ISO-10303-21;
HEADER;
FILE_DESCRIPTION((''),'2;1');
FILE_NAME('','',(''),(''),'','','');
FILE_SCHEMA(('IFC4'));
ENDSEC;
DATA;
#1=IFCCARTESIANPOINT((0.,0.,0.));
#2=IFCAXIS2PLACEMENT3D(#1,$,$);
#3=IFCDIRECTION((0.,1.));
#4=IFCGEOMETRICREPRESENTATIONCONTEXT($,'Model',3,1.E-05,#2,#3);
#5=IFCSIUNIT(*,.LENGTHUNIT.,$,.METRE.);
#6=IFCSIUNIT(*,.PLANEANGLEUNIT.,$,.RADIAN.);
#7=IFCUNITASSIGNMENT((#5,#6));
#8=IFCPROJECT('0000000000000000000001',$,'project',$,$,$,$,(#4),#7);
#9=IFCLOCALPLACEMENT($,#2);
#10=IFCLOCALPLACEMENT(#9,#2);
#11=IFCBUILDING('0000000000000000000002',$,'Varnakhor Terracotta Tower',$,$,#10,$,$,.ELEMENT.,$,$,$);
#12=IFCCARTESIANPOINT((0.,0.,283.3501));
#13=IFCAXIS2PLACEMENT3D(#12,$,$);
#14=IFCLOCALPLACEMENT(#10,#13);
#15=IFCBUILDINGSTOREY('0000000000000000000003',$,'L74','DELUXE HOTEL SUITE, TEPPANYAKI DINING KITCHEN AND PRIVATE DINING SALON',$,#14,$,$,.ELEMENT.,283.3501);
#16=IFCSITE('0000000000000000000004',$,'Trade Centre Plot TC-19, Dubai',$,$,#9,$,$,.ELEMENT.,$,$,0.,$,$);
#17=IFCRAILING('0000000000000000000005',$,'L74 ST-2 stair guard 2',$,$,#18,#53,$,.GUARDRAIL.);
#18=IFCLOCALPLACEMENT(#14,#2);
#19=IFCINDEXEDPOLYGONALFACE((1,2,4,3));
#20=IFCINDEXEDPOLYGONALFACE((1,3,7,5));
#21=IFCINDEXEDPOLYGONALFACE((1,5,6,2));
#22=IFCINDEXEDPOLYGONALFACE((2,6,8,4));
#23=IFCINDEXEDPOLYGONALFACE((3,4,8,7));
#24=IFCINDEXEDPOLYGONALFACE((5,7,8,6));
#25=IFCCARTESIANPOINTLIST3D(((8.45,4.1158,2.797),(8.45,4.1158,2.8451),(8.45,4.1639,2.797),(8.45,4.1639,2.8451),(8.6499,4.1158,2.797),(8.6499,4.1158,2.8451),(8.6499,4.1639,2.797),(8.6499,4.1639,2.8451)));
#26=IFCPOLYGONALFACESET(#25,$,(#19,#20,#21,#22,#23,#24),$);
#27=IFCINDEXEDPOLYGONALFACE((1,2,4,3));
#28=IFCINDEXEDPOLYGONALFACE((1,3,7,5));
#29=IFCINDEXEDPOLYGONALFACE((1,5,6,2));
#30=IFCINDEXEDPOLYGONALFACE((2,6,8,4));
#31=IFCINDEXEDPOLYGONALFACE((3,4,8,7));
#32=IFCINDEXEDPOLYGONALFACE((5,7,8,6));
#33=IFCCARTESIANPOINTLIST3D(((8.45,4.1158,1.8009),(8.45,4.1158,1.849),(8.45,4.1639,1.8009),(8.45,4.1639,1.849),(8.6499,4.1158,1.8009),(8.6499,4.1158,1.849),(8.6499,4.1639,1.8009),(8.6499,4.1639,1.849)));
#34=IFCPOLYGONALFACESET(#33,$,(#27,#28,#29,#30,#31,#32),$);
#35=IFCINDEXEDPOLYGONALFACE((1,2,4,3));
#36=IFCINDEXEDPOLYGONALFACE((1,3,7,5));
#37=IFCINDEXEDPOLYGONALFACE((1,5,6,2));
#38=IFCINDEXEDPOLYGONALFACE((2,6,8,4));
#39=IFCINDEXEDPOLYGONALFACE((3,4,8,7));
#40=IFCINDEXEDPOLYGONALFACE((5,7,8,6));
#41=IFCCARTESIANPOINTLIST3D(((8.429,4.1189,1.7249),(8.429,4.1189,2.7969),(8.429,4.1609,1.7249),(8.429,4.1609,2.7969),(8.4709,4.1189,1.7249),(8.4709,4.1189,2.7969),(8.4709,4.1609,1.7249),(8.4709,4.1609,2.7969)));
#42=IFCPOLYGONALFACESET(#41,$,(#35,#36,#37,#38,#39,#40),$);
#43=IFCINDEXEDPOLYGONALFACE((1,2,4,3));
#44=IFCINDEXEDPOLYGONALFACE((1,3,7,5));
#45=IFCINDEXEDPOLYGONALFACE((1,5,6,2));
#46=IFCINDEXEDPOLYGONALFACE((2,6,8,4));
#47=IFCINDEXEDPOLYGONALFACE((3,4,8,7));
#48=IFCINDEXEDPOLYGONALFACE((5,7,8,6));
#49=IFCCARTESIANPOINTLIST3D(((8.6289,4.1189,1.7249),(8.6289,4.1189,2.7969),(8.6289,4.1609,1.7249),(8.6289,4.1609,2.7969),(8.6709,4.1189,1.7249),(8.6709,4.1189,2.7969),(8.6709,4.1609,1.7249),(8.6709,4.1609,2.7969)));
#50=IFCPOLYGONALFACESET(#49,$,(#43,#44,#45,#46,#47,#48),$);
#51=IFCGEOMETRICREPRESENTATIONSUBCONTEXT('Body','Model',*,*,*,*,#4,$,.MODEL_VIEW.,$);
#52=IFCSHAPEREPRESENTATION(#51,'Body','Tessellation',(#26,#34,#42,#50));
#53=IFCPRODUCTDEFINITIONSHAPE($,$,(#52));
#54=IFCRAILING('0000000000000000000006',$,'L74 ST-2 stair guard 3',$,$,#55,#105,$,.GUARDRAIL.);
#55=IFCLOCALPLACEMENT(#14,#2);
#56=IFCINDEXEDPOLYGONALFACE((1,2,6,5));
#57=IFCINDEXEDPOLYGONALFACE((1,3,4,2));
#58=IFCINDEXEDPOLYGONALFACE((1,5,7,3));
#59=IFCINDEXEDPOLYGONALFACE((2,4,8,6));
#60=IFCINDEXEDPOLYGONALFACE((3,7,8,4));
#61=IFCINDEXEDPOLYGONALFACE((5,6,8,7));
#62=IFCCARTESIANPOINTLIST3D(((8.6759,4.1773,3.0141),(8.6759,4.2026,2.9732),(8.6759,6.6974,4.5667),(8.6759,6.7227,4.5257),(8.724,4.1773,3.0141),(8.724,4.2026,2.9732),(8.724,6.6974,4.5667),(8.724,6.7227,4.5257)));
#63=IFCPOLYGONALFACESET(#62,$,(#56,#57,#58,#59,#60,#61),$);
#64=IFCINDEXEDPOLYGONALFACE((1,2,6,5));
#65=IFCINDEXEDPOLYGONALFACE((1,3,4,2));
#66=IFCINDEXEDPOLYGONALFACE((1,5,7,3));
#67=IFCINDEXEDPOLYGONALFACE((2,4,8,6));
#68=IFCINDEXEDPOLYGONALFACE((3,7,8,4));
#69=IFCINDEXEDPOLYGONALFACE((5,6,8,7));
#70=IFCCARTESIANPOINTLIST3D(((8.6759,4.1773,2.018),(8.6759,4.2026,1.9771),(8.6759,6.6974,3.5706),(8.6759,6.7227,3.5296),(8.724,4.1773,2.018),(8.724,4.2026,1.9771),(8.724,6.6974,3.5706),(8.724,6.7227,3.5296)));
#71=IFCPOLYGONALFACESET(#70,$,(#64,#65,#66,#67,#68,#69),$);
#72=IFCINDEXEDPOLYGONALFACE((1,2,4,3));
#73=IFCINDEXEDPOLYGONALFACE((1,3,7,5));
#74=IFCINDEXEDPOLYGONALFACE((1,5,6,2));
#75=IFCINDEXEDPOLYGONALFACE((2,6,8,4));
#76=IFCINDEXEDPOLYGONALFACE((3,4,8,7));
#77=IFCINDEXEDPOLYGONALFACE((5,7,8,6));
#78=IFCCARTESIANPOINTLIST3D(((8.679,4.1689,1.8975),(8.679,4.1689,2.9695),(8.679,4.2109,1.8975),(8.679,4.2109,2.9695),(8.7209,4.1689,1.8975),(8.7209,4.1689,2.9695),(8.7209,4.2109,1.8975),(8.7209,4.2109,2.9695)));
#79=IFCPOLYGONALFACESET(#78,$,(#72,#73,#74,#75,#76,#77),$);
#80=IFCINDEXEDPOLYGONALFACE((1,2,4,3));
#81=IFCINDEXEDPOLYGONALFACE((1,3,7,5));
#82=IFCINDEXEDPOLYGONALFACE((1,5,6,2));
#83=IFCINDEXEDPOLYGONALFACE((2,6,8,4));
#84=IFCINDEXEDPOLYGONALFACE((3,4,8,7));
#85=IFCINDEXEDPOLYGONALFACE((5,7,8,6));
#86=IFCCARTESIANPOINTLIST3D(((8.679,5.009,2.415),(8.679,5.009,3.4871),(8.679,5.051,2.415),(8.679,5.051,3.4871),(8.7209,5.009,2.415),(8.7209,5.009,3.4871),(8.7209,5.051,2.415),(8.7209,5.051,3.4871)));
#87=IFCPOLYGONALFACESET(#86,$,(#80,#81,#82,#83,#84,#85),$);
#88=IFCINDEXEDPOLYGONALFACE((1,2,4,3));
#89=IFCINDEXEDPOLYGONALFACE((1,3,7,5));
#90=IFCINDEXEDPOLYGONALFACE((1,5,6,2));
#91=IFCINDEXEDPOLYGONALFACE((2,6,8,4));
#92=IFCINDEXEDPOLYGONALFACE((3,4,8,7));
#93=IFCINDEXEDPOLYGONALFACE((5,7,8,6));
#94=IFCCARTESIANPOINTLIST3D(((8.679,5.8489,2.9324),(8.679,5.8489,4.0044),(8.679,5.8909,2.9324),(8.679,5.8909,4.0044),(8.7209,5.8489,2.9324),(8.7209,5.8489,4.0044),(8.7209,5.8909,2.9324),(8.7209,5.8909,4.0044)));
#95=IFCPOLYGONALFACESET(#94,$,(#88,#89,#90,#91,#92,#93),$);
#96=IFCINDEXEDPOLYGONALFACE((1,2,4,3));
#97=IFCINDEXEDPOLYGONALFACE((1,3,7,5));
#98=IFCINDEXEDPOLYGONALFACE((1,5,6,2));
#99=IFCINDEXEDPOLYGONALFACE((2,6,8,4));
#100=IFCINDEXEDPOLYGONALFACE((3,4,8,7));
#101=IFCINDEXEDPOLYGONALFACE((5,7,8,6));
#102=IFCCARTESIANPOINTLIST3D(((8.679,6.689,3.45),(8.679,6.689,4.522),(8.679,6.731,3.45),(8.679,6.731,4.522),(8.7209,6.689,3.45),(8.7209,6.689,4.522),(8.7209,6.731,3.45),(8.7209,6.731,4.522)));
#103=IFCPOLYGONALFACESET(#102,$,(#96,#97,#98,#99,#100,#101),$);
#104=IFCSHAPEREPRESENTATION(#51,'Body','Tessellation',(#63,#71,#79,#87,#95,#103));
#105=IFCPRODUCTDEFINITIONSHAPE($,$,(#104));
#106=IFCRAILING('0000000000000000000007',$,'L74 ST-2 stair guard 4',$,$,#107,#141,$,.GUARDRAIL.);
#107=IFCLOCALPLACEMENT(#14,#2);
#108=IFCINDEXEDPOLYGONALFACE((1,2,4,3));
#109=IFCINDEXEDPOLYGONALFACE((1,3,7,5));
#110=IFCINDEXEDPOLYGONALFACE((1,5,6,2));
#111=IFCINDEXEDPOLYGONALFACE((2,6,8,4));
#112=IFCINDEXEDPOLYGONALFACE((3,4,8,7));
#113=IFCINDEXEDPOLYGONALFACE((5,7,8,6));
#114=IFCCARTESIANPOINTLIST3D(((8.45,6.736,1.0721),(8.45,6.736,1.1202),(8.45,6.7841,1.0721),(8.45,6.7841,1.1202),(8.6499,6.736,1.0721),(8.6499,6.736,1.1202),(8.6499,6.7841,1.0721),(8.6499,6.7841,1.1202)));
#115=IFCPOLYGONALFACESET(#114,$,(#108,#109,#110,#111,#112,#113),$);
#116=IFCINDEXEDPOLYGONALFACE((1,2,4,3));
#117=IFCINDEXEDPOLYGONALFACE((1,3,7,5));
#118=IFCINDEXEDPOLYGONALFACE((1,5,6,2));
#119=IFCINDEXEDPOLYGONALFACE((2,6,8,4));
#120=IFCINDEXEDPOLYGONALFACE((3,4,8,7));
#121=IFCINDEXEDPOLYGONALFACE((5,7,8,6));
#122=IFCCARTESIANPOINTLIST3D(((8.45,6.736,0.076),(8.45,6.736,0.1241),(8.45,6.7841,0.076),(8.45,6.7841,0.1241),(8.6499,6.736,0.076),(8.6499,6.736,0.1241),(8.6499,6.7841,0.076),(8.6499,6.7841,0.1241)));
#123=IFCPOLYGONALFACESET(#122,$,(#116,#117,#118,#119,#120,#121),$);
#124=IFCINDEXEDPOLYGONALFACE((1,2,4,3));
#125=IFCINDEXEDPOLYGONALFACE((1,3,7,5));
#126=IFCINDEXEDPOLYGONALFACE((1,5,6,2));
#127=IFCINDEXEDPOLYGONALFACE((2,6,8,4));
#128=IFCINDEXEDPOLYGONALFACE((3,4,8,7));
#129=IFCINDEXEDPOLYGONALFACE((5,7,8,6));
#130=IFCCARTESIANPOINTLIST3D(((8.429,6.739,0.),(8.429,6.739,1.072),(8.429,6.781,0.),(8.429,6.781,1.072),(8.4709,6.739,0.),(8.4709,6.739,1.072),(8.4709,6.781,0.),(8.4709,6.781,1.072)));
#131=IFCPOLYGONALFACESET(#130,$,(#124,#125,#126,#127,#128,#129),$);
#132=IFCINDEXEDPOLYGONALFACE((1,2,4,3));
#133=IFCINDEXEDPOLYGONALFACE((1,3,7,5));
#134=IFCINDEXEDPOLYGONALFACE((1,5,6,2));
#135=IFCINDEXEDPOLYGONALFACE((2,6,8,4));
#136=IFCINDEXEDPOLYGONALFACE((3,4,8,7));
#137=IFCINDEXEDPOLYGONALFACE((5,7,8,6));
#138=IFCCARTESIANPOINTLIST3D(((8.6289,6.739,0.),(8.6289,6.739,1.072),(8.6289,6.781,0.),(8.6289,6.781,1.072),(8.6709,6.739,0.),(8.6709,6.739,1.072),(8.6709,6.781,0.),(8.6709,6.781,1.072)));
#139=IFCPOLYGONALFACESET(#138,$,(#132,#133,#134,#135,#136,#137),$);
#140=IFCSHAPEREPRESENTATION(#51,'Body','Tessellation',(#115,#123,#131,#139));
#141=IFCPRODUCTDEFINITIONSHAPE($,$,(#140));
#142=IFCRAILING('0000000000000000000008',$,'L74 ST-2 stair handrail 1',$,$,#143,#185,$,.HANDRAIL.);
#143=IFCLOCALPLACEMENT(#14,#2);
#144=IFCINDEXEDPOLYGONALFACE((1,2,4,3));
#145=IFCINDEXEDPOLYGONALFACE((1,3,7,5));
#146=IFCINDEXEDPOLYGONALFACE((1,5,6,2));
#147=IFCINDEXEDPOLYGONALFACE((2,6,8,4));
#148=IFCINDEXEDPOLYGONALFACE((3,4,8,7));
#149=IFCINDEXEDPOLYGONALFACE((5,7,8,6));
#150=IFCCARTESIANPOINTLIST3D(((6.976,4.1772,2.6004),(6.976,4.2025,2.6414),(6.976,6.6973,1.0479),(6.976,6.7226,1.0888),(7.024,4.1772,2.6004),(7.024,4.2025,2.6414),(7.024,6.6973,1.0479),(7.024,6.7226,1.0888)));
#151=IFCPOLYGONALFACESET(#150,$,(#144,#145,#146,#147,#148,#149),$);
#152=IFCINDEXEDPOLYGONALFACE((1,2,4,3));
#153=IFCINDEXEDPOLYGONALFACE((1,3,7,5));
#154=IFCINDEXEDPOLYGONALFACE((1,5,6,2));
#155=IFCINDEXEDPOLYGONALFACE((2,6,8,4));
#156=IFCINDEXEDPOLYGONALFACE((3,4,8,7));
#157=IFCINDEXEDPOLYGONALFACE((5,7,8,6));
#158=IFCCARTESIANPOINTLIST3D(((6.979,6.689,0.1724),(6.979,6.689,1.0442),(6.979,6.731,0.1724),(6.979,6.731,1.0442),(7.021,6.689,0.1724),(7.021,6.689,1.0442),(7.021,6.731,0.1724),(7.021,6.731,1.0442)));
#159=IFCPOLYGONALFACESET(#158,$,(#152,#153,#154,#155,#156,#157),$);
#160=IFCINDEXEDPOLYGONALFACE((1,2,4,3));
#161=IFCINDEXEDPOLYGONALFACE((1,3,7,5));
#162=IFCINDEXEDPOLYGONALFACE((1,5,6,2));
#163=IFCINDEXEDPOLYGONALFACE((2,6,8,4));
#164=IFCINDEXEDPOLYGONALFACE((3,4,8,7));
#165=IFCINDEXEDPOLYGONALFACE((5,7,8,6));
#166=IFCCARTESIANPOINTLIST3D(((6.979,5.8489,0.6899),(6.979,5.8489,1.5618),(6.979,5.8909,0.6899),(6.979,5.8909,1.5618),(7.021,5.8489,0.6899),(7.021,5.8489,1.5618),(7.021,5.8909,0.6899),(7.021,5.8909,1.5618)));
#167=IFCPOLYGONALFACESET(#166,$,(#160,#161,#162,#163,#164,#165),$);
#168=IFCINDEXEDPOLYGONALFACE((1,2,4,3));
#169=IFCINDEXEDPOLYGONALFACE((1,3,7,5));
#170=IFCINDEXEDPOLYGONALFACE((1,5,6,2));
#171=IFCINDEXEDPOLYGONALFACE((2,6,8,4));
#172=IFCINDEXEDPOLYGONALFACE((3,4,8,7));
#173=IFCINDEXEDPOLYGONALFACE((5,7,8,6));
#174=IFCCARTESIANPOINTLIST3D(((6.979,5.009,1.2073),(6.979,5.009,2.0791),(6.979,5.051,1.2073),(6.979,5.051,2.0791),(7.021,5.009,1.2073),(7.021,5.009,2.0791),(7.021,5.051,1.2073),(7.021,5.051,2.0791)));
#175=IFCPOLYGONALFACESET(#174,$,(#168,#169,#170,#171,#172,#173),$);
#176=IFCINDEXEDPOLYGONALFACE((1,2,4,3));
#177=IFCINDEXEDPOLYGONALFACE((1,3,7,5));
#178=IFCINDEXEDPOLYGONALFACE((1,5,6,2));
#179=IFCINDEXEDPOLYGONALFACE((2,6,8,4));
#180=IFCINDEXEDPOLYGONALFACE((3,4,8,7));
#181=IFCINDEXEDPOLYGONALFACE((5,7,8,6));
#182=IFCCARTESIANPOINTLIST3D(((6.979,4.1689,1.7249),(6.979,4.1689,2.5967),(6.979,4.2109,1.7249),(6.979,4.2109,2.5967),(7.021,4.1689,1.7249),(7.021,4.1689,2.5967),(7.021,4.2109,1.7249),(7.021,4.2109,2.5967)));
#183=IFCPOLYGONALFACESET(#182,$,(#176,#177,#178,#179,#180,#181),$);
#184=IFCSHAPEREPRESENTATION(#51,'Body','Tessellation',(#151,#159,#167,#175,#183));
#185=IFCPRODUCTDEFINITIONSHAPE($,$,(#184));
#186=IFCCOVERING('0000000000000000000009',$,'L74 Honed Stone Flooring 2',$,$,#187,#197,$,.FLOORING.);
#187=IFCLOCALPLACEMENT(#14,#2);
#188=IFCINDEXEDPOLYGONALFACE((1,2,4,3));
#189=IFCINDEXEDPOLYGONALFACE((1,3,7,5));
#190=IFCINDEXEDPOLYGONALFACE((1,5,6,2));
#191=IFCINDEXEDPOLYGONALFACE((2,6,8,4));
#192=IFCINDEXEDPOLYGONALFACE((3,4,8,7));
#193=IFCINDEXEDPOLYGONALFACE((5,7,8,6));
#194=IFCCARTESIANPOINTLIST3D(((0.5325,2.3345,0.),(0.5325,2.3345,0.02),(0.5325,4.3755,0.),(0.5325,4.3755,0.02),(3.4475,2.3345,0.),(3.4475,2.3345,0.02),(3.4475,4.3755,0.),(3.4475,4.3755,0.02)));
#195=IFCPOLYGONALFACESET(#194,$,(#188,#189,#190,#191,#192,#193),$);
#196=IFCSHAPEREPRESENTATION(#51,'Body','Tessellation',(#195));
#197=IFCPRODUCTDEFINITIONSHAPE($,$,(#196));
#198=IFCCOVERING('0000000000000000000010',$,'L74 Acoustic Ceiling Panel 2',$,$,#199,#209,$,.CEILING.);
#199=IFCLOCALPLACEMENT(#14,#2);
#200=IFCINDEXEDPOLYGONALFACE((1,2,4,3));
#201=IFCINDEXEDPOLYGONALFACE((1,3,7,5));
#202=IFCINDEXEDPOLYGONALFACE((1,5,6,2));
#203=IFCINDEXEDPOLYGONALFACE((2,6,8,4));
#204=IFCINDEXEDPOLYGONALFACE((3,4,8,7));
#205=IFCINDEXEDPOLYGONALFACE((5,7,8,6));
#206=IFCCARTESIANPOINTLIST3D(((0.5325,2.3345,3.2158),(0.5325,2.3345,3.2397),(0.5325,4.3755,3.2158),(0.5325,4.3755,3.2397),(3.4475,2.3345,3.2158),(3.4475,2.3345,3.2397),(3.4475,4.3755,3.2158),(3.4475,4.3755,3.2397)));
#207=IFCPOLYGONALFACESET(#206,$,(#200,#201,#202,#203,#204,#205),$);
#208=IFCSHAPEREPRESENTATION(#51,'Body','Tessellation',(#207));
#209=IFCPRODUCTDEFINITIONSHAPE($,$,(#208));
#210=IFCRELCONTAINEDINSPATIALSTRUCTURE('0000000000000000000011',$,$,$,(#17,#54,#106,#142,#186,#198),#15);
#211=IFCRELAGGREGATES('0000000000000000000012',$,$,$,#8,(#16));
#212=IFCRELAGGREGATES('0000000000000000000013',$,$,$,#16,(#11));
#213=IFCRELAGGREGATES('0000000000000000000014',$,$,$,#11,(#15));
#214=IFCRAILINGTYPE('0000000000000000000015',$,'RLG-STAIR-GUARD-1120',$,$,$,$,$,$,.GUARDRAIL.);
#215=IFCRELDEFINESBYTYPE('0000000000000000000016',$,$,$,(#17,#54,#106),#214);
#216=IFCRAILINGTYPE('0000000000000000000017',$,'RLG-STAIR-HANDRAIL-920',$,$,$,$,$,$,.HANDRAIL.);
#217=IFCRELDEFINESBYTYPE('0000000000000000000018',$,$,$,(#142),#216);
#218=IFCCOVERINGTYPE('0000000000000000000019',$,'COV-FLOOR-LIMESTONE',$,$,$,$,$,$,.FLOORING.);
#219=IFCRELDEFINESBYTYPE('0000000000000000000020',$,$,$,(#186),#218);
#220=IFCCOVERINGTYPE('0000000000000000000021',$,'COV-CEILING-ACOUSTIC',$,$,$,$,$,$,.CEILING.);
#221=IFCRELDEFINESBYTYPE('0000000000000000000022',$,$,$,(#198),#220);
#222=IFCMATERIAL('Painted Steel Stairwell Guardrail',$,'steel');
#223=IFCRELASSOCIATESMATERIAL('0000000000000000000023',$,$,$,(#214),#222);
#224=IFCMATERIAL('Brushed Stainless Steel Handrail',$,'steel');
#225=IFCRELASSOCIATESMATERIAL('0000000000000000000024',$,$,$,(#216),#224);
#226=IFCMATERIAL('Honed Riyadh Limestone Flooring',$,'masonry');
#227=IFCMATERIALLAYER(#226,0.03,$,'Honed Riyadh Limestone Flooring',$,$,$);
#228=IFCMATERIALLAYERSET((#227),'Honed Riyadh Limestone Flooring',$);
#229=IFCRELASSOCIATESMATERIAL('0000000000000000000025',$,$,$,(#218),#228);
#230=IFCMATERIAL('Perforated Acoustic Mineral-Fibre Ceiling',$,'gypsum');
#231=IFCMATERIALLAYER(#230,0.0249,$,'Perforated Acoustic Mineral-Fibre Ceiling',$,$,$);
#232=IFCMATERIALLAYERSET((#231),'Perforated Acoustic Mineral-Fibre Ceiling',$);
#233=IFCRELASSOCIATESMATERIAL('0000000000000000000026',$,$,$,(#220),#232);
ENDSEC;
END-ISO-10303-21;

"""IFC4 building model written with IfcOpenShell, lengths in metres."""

from ifc_helpers import new_model, si_unit, direction, frame, origin, origin_2d, place, context, subcontext, project, spatial, rectangle, extrude, source, transform, mapped, material, layer, layer_set, type_object, element, save


model = new_model("IFC4")

# Units and contexts
model_context = context("Model", 3, precision=1e-05, world=origin(), true_north=direction((0.0, 1.0)))
body_context = subcontext(model_context, "Body", "Model", "MODEL_VIEW")
ifc_project = project(units=[si_unit("LENGTHUNIT", "METRE"), si_unit("PLANEANGLEUNIT", "RADIAN")], contexts=[model_context])

# Site, building, storey
site_placement = place(None, origin())
site = spatial("IfcSite", under=ifc_project, at=site_placement, Name="Trade Centre Plot TC-19, Dubai", CompositionType="ELEMENT", RefElevation=0.0)
building_placement = place(site_placement, origin())
building = spatial("IfcBuilding", under=site, at=building_placement, Name="Varnakhor Terracotta Tower", CompositionType="ELEMENT")
storey_placement = place(building_placement, frame((0.0, 0.0, 283.3501)))
storey = spatial("IfcBuildingStorey", under=building, at=storey_placement, Name="L74", Description="DELUXE HOTEL SUITE, TEPPANYAKI DINING KITCHEN AND PRIVATE DINING SALON", CompositionType="ELEMENT", Elevation=283.3501)

# Railings
ifc_material_1 = material(Name="Painted Steel Stairwell Guardrail", Category="steel")
railing_type_1 = type_object("IfcRailingType", Name="RLG-STAIR-GUARD-1120", PredefinedType="GUARDRAIL", material=ifc_material_1)
railing_1_placement = place(storey_placement, frame((8.45, 4.1399, 1.7249)))
element("IfcRailing", 1, at=railing_1_placement, inside=storey, type_object=railing_type_1, Name="L74 ST-2 stair guard 2", PredefinedType="GUARDRAIL", context=body_context, shape_type="SweptSolid", body=[
    extrude(rectangle(XDim=0.0481, YDim=0.0481, at=origin_2d()), frame((0.0, 0.0, 1.0962), z_axis=(1.0, 0.0, 0.0), x_axis=(0.0, 1.0, 0.0)), (0.0, 0.0, 1.0), 0.2),
    extrude(rectangle(XDim=0.0481, YDim=0.0481, at=origin_2d()), frame((0.0, 0.0, 0.1001), z_axis=(1.0, 0.0, 0.0), x_axis=(0.0, 1.0, 0.0)), (0.0, 0.0, 1.0), 0.2),
    extrude(rectangle(XDim=0.042, YDim=0.042, at=origin_2d()), origin(), (0.0, 0.0, 1.0), 1.072),
    extrude(rectangle(XDim=0.042, YDim=0.042, at=origin_2d()), frame((0.2, 0.0, 0.0)), (0.0, 0.0, 1.0), 1.072),
])
railing_2_placement = place(storey_placement, frame((8.7, 4.1899, 1.8975)))
element("IfcRailing", 2, at=railing_2_placement, inside=storey, type_object=railing_type_1, Name="L74 ST-2 stair guard 3", PredefinedType="GUARDRAIL", context=body_context, shape_type="SweptSolid", body=[
    extrude(rectangle(XDim=0.0481, YDim=0.0481, at=origin_2d()), frame((0.0, 0.0, 1.0962), z_axis=(0.0, 0.8514, 0.524516), x_axis=(-1.0, 0.0, 0.0)), (0.0, 0.0, 1.0), 2.96),
    extrude(rectangle(XDim=0.0481, YDim=0.0481, at=origin_2d()), frame((0.0, 0.0, 0.1001), z_axis=(0.0, 0.8514, 0.524516), x_axis=(-1.0, 0.0, 0.0)), (0.0, 0.0, 1.0), 2.96),
    extrude(rectangle(XDim=0.042, YDim=0.042, at=origin_2d()), origin(), (0.0, 0.0, 1.0), 1.072),
    extrude(rectangle(XDim=0.042, YDim=0.042, at=origin_2d()), frame((0.0, 0.8401, 0.5176)), (0.0, 0.0, 1.0), 1.072),
    extrude(rectangle(XDim=0.042, YDim=0.042, at=origin_2d()), frame((0.0, 1.6799, 1.0349)), (0.0, 0.0, 1.0), 1.072),
    extrude(rectangle(XDim=0.042, YDim=0.042, at=origin_2d()), frame((0.0, 2.52, 1.5525)), (0.0, 0.0, 1.0), 1.072),
])
railing_3_placement = place(storey_placement, frame((8.45, 6.76, 0.0)))
element("IfcRailing", 3, at=railing_3_placement, inside=storey, type_object=railing_type_1, Name="L74 ST-2 stair guard 4", PredefinedType="GUARDRAIL", context=body_context, shape_type="SweptSolid", body=[
    extrude(rectangle(XDim=0.0481, YDim=0.0481, at=origin_2d()), frame((0.0, 0.0, 1.0962), z_axis=(1.0, 0.0, 0.0), x_axis=(0.0, 1.0, 0.0)), (0.0, 0.0, 1.0), 0.2),
    extrude(rectangle(XDim=0.0481, YDim=0.0481, at=origin_2d()), frame((0.0, 0.0, 0.1001), z_axis=(1.0, 0.0, 0.0), x_axis=(0.0, 1.0, 0.0)), (0.0, 0.0, 1.0), 0.2),
    extrude(rectangle(XDim=0.042, YDim=0.042, at=origin_2d()), origin(), (0.0, 0.0, 1.0), 1.072),
    extrude(rectangle(XDim=0.042, YDim=0.042, at=origin_2d()), frame((0.2, 0.0, 0.0)), (0.0, 0.0, 1.0), 1.072),
])
ifc_material_2 = material(Name="Brushed Stainless Steel Handrail", Category="steel")
railing_type_2 = type_object("IfcRailingType", Name="RLG-STAIR-HANDRAIL-920", PredefinedType="HANDRAIL", material=ifc_material_2)
railing_4_placement = place(storey_placement, frame((7.0, 6.71, 0.1724)))
element("IfcRailing", 4, at=railing_4_placement, inside=storey, type_object=railing_type_2, Name="L74 ST-2 stair handrail 1", PredefinedType="HANDRAIL", context=body_context, shape_type="SweptSolid", body=[
    extrude(rectangle(XDim=0.0481, YDim=0.0481, at=origin_2d()), frame((0.0, 0.0, 0.896), z_axis=(0.0, -0.8514, 0.524516), x_axis=(1.0, 0.0, 0.0)), (0.0, 0.0, 1.0), 2.96),
    extrude(rectangle(XDim=0.042, YDim=0.042, at=origin_2d()), origin(), (0.0, 0.0, 1.0), 0.8718),
    extrude(rectangle(XDim=0.042, YDim=0.042, at=origin_2d()), frame((0.0, -0.8401, 0.5176)), (0.0, 0.0, 1.0), 0.8718),
    extrude(rectangle(XDim=0.042, YDim=0.042, at=origin_2d()), frame((0.0, -1.6799, 1.0349)), (0.0, 0.0, 1.0), 0.8718),
    extrude(rectangle(XDim=0.042, YDim=0.042, at=origin_2d()), frame((0.0, -2.52, 1.5525)), (0.0, 0.0, 1.0), 0.8718),
])

# Coverings
ifc_material_3 = material(Name="Honed Riyadh Limestone Flooring", Category="masonry")
ifc_layer_1 = layer(ifc_material_3, 0.03, Name="Honed Riyadh Limestone Flooring")
ifc_layer_set_1 = layer_set([ifc_layer_1], Name="Honed Riyadh Limestone Flooring")
covering_type_1 = type_object("IfcCoveringType", Name="COV-FLOOR-LIMESTONE", PredefinedType="FLOORING", material=ifc_layer_set_1)
shared_shape_1 = source(origin(), body_context, "Body", "SweptSolid", [
    extrude(rectangle(XDim=2.915, YDim=2.041, at=origin_2d()), origin(), (0.0, 0.0, 1.0), 0.02),
])
covering_1_placement = place(storey_placement, frame((1.99, 3.355, 0.0), z_axis=(0.0, 0.0, 1.0), x_axis=(1.0, 0.0, 0.0)))
element("IfcCovering", 5, at=covering_1_placement, inside=storey, type_object=covering_type_1, Name="L74 Honed Stone Flooring 2", PredefinedType="FLOORING", context=body_context, shape_type="MappedRepresentation", body=[
    mapped(shared_shape_1, transform((0.0, 0.0, 0.0), scale=1.0)),
])
ifc_material_4 = material(Name="Perforated Acoustic Mineral-Fibre Ceiling", Category="gypsum")
ifc_layer_2 = layer(ifc_material_4, 0.0249, Name="Perforated Acoustic Mineral-Fibre Ceiling")
ifc_layer_set_2 = layer_set([ifc_layer_2], Name="Perforated Acoustic Mineral-Fibre Ceiling")
covering_type_2 = type_object("IfcCoveringType", Name="COV-CEILING-ACOUSTIC", PredefinedType="CEILING", material=ifc_layer_set_2)
shared_shape_2 = source(origin(), body_context, "Body", "SweptSolid", [
    extrude(rectangle(XDim=2.915, YDim=2.041, at=origin_2d()), origin(), (0.0, 0.0, 1.0), 0.0239),
])
covering_2_placement = place(storey_placement, frame((1.99, 3.355, 3.2158), z_axis=(0.0, 0.0, 1.0), x_axis=(1.0, 0.0, 0.0)))
element("IfcCovering", 6, at=covering_2_placement, inside=storey, type_object=covering_type_2, Name="L74 Acoustic Ceiling Panel 2", PredefinedType="CEILING", context=body_context, shape_type="MappedRepresentation", body=[
    mapped(shared_shape_2, transform((0.0, 0.0, 0.0), scale=1.0)),
])

save(model, "model.ifc")
